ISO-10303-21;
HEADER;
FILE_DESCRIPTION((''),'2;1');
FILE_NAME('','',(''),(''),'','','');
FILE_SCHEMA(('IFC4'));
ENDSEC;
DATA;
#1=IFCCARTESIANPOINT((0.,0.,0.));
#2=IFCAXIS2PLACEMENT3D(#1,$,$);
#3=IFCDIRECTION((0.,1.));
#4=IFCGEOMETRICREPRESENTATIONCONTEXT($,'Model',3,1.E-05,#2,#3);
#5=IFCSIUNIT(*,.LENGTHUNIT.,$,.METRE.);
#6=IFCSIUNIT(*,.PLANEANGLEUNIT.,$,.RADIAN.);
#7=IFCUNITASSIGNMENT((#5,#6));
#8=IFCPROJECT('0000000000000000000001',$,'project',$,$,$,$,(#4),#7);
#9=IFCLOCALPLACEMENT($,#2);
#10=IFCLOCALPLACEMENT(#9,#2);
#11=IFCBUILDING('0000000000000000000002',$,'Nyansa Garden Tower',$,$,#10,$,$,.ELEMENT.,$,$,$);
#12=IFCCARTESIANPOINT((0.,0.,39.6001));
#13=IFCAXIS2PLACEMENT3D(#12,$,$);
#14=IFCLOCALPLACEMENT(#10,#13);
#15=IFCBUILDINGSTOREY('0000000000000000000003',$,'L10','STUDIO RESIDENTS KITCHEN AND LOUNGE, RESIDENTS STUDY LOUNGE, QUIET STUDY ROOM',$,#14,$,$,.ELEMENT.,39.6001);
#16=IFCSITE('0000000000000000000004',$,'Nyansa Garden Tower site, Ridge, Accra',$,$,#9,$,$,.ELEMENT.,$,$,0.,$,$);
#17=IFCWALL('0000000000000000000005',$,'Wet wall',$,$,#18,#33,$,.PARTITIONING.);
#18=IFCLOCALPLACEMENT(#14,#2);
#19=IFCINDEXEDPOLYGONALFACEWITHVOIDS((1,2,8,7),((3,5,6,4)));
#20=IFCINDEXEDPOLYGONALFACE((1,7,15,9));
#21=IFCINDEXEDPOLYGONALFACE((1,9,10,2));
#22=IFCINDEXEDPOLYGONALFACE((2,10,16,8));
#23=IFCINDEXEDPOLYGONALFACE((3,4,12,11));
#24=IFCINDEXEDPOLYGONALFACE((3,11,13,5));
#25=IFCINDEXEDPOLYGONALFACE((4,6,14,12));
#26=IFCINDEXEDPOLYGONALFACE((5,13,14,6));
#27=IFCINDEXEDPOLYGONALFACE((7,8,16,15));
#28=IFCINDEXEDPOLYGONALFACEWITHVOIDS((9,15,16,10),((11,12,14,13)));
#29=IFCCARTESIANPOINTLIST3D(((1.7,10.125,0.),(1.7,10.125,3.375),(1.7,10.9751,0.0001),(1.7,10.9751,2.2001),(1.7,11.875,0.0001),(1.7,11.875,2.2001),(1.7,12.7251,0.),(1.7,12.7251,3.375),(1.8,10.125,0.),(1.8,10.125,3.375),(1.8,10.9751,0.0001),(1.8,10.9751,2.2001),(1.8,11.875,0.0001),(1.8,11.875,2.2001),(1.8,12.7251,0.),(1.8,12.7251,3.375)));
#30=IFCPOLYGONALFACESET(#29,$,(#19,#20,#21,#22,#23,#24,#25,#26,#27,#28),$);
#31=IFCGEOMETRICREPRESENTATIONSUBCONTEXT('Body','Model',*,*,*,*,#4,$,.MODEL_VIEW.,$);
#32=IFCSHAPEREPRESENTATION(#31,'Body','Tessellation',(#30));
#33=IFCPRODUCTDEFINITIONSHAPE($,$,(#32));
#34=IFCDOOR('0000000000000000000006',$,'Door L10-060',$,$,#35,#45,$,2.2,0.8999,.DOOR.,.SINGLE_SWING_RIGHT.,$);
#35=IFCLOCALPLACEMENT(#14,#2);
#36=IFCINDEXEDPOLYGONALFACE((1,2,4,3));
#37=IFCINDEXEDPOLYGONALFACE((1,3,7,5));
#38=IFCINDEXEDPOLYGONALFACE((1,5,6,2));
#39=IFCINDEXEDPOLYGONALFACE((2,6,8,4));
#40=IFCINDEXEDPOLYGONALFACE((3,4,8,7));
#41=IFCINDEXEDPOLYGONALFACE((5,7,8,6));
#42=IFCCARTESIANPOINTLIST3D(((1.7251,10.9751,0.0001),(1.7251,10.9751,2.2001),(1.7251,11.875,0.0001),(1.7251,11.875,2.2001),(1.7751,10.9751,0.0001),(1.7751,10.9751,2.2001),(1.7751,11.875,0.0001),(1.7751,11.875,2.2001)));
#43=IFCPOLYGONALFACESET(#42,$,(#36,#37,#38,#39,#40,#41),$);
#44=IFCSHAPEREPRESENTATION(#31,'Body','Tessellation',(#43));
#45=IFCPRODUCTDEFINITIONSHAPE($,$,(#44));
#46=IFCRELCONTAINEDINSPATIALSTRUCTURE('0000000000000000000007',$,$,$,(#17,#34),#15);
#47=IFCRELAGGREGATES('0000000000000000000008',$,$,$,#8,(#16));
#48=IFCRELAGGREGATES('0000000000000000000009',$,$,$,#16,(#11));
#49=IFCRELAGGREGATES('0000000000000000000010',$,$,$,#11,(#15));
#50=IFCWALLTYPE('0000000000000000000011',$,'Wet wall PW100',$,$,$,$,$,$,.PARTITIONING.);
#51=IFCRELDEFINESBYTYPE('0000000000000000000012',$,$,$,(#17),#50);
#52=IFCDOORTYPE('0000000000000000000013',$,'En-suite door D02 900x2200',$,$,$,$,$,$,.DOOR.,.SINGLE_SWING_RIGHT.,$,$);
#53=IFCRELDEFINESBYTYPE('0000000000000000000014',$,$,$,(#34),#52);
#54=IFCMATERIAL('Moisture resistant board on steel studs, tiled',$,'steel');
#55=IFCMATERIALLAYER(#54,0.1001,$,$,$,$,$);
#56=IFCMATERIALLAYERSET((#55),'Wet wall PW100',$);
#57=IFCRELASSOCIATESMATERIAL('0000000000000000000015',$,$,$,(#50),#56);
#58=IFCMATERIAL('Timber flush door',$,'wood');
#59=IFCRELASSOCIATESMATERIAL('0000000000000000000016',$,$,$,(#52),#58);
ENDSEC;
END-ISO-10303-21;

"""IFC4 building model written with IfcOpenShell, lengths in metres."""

from ifc_helpers import new_model, si_unit, direction, frame, frame_2d, origin, place, context, subcontext, project, spatial, rectangle, extrude, material, layer, layer_set, type_object, element, fill, save


model = new_model("IFC4")

# Units and contexts
model_context = context("Model", 3, precision=1e-05, world=origin(), true_north=direction((0.0, 1.0)))
body_context = subcontext(model_context, "Body", "Model", "MODEL_VIEW")
ifc_project = project(units=[si_unit("LENGTHUNIT", "METRE"), si_unit("PLANEANGLEUNIT", "RADIAN")], contexts=[model_context])

# Site, building, storey
site_placement = place(None, origin())
site = spatial("IfcSite", under=ifc_project, at=site_placement, Name="Nyansa Garden Tower site, Ridge, Accra", CompositionType="ELEMENT", RefElevation=0.0)
building_placement = place(site_placement, origin())
building = spatial("IfcBuilding", under=site, at=building_placement, Name="Nyansa Garden Tower", CompositionType="ELEMENT")
storey_placement = place(building_placement, frame((0.0, 0.0, 39.6001)))
storey = spatial("IfcBuildingStorey", under=building, at=storey_placement, Name="L10", Description="STUDIO RESIDENTS KITCHEN AND LOUNGE, RESIDENTS STUDY LOUNGE, QUIET STUDY ROOM", CompositionType="ELEMENT", Elevation=39.6001)

# Wall, opening, door
ifc_material_1 = material(Name="Moisture resistant board on steel studs, tiled", Category="steel")
ifc_layer_1 = layer(ifc_material_1, 0.1001)
ifc_layer_set_1 = layer_set([ifc_layer_1], Name="Wet wall PW100")
wall_type_1 = type_object("IfcWallType", Name="Wet wall PW100", PredefinedType="PARTITIONING", material=ifc_layer_set_1)
wall_1_placement = place(storey_placement, frame((1.75, 10.125, 0.0), z_axis=(0.0, 0.0, 1.0), x_axis=(0.0, 1.0, 0.0)))
wall_1 = element("IfcWall", 1, at=wall_1_placement, inside=storey, type_object=wall_type_1, Name="Wet wall", PredefinedType="PARTITIONING", context=body_context, shape_type="SweptSolid", body=[
    extrude(rectangle(XDim=2.6001, YDim=0.1001, at=frame_2d((1.3, 0.0))), origin(), (0.0, 0.0, 1.0), 3.375),
])
opening_1_placement = place(wall_1_placement, frame((0.8501, 0.0, 0.0)))
opening_1 = element("IfcOpeningElement", 2, at=opening_1_placement, cuts=wall_1, PredefinedType="OPENING", context=body_context, shape_type="SweptSolid", body=[
    extrude(rectangle(XDim=0.8999, YDim=2.2, at=frame_2d((0.45, 1.1001))), frame((0.0, 0.0601, 0.0), z_axis=(0.0, -1.0, 0.0), x_axis=(1.0, 0.0, 0.0)), (0.0, 0.0, 1.0), 0.1201),
])
ifc_material_2 = material(Name="Timber flush door", Category="wood")
door_type_1 = type_object("IfcDoorType", Name="En-suite door D02 900x2200", OperationType="SINGLE_SWING_RIGHT", PredefinedType="DOOR", material=ifc_material_2)
door_1_placement = place(opening_1_placement, origin())
door_1 = element("IfcDoor", 3, at=door_1_placement, inside=storey, type_object=door_type_1, Name="Door L10-060", OperationType="SINGLE_SWING_RIGHT", OverallHeight=2.2, OverallWidth=0.8999, PredefinedType="DOOR", context=body_context, shape_type="SweptSolid", body=[
    extrude(rectangle(XDim=0.8999, YDim=2.2, at=frame_2d((0.45, 1.1001))), frame((0.0, 0.0249, 0.0), z_axis=(0.0, -1.0, 0.0), x_axis=(1.0, 0.0, 0.0)), (0.0, 0.0, 1.0), 0.05),
])
fill(opening_1, door_1)

save(model, "model.ifc")
